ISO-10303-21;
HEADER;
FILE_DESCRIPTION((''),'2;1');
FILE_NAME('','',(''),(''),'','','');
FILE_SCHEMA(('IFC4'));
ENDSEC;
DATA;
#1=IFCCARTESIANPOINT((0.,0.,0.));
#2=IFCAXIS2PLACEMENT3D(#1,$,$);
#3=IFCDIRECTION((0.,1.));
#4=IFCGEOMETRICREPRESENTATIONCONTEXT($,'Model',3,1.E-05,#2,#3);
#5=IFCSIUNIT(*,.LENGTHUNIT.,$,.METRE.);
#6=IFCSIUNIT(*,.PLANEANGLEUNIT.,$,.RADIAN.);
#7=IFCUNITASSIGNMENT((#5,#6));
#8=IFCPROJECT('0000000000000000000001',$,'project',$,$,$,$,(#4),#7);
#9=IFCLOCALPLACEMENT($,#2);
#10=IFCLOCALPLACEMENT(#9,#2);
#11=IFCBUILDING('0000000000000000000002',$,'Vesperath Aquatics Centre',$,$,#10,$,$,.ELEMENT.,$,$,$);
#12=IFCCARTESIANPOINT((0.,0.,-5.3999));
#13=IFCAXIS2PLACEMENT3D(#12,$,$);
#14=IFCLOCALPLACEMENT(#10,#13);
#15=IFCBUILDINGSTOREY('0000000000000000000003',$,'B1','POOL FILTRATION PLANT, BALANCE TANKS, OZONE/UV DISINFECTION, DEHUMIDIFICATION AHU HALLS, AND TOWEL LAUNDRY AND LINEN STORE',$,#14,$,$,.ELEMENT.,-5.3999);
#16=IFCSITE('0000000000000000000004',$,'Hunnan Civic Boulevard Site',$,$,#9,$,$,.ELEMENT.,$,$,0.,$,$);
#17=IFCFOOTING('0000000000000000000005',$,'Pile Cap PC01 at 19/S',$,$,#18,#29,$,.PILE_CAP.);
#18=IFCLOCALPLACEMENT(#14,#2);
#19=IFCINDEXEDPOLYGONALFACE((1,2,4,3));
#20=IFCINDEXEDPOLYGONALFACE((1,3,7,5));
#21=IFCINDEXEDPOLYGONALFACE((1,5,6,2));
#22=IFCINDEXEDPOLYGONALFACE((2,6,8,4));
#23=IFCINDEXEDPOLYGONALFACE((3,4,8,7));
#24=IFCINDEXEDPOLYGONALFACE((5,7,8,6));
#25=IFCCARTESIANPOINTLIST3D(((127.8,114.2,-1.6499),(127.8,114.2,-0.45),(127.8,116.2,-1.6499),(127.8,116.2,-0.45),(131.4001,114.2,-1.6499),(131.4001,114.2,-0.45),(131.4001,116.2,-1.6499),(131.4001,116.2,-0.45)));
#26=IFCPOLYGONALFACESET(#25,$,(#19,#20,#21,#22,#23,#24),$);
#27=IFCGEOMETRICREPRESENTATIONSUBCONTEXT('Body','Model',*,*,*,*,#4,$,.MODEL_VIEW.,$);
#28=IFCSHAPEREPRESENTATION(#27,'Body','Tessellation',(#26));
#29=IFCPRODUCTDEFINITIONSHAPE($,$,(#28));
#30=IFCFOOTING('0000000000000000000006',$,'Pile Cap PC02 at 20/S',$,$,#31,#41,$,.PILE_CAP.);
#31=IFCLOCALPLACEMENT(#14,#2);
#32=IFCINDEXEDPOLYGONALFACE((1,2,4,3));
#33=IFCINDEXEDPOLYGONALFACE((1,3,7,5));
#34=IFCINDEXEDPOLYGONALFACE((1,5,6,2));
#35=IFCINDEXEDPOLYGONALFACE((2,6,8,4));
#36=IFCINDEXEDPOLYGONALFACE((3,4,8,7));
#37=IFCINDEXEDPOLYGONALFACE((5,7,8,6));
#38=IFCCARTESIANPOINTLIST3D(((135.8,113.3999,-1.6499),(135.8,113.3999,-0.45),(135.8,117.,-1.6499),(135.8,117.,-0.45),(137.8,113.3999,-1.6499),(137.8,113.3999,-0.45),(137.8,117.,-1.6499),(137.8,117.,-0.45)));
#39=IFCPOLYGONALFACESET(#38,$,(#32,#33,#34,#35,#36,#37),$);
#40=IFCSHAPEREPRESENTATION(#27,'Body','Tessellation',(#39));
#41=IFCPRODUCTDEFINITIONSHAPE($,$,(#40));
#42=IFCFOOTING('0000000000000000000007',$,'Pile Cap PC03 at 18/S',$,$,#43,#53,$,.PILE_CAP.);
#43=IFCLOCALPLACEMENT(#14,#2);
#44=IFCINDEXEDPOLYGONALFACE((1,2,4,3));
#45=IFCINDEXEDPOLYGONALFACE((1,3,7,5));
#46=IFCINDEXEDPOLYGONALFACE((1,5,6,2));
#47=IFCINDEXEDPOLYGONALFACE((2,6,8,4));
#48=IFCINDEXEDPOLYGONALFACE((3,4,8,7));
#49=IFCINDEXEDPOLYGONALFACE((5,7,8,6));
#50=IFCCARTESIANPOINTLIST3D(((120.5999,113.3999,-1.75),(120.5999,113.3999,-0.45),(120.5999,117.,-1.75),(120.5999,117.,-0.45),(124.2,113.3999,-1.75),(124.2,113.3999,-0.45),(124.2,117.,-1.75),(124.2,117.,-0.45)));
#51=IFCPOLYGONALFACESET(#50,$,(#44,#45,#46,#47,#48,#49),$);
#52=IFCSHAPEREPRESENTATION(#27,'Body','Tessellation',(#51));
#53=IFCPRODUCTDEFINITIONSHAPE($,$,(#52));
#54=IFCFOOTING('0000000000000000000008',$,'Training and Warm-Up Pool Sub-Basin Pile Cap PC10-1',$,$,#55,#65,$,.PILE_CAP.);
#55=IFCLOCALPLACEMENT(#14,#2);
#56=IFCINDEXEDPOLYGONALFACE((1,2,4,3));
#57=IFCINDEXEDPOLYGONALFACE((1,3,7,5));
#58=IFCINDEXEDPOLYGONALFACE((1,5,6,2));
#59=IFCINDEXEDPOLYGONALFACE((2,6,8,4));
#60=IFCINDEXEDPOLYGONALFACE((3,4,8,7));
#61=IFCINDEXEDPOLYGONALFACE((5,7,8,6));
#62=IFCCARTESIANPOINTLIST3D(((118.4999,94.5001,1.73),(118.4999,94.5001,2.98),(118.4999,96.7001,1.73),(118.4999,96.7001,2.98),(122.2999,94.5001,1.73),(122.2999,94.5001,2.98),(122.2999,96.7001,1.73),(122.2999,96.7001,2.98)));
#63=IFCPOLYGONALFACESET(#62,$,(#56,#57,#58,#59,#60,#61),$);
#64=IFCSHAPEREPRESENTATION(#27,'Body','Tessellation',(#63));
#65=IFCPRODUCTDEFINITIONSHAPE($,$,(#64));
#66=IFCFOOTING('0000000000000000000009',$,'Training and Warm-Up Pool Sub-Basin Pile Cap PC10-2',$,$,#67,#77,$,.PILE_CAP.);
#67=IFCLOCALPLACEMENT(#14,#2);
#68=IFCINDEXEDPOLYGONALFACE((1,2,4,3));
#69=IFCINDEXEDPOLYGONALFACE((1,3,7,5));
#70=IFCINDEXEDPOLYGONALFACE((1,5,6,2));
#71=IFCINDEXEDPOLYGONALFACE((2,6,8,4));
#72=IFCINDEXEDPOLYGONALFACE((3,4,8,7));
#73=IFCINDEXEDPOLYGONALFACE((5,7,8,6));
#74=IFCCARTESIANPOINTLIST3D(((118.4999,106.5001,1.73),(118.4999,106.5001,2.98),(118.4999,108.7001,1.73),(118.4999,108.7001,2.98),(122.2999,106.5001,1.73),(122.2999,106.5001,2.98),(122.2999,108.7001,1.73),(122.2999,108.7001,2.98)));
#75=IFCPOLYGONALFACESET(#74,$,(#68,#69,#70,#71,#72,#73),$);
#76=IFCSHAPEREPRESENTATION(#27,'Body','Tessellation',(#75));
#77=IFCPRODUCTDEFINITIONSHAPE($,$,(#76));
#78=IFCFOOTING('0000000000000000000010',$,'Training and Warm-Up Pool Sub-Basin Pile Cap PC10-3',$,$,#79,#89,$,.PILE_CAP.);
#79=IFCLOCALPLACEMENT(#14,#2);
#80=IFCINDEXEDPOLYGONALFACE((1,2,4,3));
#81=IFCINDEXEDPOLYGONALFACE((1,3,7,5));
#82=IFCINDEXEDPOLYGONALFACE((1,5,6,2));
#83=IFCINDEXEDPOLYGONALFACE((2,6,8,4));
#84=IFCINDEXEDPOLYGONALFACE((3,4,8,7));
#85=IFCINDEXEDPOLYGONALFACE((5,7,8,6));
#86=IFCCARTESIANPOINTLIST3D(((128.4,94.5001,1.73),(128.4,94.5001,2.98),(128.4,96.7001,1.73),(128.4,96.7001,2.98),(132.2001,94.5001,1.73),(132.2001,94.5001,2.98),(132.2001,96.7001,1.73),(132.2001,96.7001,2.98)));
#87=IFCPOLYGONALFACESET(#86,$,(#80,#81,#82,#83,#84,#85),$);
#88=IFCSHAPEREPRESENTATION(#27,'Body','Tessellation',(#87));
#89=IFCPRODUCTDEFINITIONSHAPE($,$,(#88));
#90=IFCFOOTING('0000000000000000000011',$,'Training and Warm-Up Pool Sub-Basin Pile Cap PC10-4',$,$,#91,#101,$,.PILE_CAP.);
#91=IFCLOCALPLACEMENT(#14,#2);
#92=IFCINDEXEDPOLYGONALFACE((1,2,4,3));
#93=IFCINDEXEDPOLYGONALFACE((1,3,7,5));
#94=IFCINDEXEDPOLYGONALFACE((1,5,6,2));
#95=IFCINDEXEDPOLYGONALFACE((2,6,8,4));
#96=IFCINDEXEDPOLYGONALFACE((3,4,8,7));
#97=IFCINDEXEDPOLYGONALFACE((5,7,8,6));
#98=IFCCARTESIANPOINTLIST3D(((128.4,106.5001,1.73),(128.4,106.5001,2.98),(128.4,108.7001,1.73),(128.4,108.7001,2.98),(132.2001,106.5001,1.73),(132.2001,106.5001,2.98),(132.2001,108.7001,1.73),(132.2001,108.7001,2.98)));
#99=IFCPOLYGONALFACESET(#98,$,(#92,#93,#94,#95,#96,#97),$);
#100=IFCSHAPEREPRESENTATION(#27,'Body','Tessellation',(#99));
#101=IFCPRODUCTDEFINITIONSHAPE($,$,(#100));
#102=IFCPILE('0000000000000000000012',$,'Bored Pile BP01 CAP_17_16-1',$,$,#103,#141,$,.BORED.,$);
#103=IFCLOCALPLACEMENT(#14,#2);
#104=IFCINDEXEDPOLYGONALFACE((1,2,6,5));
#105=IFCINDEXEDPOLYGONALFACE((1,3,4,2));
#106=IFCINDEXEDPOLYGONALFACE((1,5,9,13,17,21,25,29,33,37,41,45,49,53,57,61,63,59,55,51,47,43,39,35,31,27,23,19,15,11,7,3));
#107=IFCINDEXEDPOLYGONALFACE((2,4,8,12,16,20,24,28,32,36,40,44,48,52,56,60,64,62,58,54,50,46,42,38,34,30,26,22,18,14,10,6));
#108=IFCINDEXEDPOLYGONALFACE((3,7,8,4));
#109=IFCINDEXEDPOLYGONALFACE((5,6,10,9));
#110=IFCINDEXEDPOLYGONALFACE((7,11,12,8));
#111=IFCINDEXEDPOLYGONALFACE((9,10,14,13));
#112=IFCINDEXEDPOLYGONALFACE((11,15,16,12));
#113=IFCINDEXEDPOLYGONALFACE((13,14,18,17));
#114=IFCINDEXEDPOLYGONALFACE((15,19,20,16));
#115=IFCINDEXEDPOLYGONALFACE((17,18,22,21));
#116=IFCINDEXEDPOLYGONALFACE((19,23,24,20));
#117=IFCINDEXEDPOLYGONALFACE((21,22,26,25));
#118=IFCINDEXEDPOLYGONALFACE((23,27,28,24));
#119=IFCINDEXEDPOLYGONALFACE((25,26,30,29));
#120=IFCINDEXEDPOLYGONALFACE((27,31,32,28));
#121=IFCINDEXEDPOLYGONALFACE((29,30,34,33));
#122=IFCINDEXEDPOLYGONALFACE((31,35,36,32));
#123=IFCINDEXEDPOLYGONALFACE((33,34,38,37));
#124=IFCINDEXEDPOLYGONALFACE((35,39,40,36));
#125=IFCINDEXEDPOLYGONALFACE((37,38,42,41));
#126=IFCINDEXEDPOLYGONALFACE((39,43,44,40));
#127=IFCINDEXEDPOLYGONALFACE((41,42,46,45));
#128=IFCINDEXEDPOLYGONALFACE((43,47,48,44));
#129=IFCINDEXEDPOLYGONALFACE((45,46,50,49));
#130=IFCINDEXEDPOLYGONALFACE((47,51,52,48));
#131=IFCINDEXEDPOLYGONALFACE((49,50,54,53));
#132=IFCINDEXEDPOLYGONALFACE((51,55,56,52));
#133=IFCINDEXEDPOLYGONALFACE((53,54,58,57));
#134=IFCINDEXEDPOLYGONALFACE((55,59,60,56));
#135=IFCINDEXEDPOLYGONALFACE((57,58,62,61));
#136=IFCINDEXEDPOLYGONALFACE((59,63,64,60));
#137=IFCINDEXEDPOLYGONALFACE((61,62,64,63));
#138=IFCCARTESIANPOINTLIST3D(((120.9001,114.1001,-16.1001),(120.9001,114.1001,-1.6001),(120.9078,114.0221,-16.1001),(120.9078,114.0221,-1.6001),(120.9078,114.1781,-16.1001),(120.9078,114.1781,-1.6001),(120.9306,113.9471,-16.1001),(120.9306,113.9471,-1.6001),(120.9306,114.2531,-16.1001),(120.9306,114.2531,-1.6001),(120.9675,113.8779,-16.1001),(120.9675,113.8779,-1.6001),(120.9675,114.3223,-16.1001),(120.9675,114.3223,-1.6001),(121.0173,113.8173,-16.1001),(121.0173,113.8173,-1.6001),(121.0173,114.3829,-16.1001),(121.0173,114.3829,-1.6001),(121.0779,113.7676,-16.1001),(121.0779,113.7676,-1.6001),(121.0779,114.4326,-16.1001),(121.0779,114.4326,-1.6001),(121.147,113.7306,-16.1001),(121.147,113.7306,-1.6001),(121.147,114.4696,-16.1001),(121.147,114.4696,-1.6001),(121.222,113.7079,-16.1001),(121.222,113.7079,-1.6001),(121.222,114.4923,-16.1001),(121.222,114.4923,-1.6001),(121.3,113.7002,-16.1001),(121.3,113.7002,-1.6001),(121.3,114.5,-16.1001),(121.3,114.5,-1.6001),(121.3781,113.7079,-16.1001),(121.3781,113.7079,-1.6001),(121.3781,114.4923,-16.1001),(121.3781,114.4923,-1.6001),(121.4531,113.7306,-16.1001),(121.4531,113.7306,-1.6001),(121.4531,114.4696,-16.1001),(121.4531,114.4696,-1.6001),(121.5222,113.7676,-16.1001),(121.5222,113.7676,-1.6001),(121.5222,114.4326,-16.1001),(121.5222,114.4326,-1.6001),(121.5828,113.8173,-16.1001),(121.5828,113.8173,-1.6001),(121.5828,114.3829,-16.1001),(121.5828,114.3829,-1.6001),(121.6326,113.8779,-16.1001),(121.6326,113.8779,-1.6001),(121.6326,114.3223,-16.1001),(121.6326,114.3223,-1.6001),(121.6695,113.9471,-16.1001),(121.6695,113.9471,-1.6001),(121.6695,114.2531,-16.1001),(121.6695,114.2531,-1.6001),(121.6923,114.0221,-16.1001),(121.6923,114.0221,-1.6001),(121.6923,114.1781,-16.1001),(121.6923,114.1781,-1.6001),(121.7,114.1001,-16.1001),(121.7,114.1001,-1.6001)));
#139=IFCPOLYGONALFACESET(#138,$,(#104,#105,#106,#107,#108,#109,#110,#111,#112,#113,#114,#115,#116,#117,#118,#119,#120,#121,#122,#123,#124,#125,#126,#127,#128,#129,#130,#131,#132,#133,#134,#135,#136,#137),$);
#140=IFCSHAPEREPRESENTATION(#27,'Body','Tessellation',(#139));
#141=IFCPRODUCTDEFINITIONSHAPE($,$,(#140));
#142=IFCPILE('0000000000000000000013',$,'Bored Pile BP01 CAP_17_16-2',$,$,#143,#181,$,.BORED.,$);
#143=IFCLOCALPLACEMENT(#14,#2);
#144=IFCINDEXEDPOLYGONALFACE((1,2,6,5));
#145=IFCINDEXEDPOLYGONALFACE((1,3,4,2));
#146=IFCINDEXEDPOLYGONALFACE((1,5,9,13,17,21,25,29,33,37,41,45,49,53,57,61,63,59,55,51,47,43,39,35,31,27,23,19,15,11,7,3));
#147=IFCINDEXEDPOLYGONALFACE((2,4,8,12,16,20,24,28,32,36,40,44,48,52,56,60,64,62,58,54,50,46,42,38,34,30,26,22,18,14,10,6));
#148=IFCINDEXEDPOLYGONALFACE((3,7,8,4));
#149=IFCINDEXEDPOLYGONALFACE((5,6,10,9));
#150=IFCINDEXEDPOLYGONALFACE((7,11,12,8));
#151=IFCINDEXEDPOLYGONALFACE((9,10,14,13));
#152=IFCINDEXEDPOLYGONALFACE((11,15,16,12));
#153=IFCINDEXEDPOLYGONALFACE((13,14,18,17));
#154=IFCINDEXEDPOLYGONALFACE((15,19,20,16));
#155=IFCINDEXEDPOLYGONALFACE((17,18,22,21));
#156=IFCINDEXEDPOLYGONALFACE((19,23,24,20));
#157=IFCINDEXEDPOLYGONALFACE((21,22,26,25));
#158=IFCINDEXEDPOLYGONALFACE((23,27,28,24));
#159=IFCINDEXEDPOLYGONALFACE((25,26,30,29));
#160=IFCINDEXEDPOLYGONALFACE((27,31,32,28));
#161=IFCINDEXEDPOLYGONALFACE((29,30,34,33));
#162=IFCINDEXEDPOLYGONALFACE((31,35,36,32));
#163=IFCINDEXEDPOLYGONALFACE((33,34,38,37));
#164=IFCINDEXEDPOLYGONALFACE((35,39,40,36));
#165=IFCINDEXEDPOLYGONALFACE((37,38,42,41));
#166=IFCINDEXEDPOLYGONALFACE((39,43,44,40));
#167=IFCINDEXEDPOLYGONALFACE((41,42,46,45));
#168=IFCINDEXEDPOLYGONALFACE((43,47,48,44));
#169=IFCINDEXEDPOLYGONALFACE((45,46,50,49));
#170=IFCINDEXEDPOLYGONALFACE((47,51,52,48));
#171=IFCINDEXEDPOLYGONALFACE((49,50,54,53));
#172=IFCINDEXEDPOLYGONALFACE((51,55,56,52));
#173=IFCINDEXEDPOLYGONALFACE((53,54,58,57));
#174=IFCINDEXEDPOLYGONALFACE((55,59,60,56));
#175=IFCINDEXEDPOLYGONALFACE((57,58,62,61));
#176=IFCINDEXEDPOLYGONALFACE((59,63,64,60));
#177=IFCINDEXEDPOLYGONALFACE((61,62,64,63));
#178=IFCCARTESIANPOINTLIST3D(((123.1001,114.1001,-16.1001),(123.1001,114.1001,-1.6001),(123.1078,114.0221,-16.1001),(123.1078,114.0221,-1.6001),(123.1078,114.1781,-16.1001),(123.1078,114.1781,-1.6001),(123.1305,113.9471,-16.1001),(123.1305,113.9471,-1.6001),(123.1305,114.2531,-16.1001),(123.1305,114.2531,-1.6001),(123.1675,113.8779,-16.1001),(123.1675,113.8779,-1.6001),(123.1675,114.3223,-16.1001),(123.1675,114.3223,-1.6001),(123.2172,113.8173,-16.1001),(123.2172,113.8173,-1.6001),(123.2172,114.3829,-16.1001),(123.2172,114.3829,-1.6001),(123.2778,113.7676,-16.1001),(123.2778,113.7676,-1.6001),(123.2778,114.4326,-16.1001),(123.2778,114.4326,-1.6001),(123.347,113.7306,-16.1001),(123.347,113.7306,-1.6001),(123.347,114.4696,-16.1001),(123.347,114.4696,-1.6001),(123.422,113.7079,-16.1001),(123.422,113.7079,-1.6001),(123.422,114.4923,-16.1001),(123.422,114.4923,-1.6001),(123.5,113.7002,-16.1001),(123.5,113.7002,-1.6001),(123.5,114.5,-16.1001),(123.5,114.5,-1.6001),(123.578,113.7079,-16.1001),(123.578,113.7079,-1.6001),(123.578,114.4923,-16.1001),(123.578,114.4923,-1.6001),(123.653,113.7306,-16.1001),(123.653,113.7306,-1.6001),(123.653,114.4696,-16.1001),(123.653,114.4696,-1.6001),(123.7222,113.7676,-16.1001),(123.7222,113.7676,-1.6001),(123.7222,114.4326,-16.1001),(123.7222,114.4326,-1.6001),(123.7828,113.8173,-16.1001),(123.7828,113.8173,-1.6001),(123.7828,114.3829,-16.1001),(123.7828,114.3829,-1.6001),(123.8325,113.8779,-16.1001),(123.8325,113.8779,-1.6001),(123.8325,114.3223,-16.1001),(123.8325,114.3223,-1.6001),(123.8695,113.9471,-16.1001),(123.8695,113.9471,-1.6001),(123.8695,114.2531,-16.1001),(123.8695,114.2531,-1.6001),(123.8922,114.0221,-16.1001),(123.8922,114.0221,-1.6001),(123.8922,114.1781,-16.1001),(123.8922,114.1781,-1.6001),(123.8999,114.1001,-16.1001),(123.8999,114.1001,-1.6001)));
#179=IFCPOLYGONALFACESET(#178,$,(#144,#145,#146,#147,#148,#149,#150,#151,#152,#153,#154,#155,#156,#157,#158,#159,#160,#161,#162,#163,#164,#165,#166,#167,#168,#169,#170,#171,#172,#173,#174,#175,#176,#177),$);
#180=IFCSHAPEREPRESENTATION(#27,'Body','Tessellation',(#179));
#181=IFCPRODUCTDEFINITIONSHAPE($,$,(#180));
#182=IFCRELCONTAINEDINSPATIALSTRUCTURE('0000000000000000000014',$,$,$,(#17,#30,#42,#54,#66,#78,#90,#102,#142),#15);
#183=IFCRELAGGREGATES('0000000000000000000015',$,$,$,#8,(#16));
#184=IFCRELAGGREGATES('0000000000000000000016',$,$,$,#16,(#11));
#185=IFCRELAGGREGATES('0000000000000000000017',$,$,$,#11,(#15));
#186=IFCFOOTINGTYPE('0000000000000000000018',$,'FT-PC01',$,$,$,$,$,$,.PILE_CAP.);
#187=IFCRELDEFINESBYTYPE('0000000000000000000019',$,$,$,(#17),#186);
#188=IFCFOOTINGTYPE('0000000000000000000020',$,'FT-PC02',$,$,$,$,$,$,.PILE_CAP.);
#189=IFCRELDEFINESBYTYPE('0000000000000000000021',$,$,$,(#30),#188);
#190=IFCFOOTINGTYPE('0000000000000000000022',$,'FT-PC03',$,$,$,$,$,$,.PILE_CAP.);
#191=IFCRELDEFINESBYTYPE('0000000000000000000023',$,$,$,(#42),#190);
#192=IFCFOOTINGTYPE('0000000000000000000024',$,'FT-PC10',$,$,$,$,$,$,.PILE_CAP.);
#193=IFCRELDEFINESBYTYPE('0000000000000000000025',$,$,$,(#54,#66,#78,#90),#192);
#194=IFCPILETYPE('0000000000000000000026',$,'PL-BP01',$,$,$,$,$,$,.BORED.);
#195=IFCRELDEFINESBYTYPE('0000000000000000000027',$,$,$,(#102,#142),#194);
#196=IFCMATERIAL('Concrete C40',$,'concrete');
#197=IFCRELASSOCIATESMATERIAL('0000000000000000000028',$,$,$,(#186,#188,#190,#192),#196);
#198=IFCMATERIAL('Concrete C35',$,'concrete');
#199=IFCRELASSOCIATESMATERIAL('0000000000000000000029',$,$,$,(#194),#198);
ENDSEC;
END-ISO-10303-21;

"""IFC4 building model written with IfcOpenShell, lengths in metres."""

from ifc_helpers import new_model, si_unit, direction, frame, origin, origin_2d, place, context, subcontext, project, spatial, rectangle, circle, extrude, material, material_profile, profile_set, type_object, element, save


model = new_model("IFC4")

# Units and contexts
model_context = context("Model", 3, precision=1e-05, world=origin(), true_north=direction((0.0, 1.0)))
body_context = subcontext(model_context, "Body", "Model", "MODEL_VIEW")
ifc_project = project(units=[si_unit("LENGTHUNIT", "METRE"), si_unit("PLANEANGLEUNIT", "RADIAN")], contexts=[model_context])

# Site, building, storey
site_placement = place(None, origin())
site = spatial("IfcSite", under=ifc_project, at=site_placement, Name="Hunnan Civic Boulevard Site", CompositionType="ELEMENT", RefElevation=0.0)
building_placement = place(site_placement, origin())
building = spatial("IfcBuilding", under=site, at=building_placement, Name="Vesperath Aquatics Centre", CompositionType="ELEMENT")
storey_placement = place(building_placement, frame((0.0, 0.0, -5.3999)))
storey = spatial("IfcBuildingStorey", under=building, at=storey_placement, Name="B1", Description="POOL FILTRATION PLANT, BALANCE TANKS, OZONE/UV DISINFECTION, DEHUMIDIFICATION AHU HALLS, AND TOWEL LAUNDRY AND LINEN STORE", CompositionType="ELEMENT", Elevation=-5.3999)

# Footings
ifc_material_1 = material(Name="Concrete C40", Category="concrete")
footing_type_1 = type_object("IfcFootingType", Name="FT-PC01", PredefinedType="PILE_CAP", material=ifc_material_1)
footing_1_placement = place(storey_placement, frame((129.6001, 115.2, -1.6499), z_axis=(0.0, 0.0, 1.0), x_axis=(1.0, 0.0, 0.0)))
element("IfcFooting", 1, at=footing_1_placement, inside=storey, type_object=footing_type_1, Name="Pile Cap PC01 at 19/S", PredefinedType="PILE_CAP", context=body_context, shape_type="SweptSolid", body=[
    extrude(rectangle(XDim=3.6001, YDim=2.0, at=origin_2d()), origin(), (0.0, 0.0, 1.0), 1.2),
])
footing_type_2 = type_object("IfcFootingType", Name="FT-PC02", PredefinedType="PILE_CAP", material=ifc_material_1)
footing_2_placement = place(storey_placement, frame((136.8, 115.2, -1.6499), z_axis=(0.0, 0.0, 1.0), x_axis=(1.0, 0.0, 0.0)))
element("IfcFooting", 2, at=footing_2_placement, inside=storey, type_object=footing_type_2, Name="Pile Cap PC02 at 20/S", PredefinedType="PILE_CAP", context=body_context, shape_type="SweptSolid", body=[
    extrude(rectangle(XDim=2.0, YDim=3.6001, at=origin_2d()), origin(), (0.0, 0.0, 1.0), 1.2),
])
footing_type_3 = type_object("IfcFootingType", Name="FT-PC03", PredefinedType="PILE_CAP", material=ifc_material_1)
footing_3_placement = place(storey_placement, frame((122.3999, 115.2, -1.75), z_axis=(0.0, 0.0, 1.0), x_axis=(1.0, 0.0, 0.0)))
element("IfcFooting", 3, at=footing_3_placement, inside=storey, type_object=footing_type_3, Name="Pile Cap PC03 at 18/S", PredefinedType="PILE_CAP", context=body_context, shape_type="SweptSolid", body=[
    extrude(rectangle(XDim=3.6001, YDim=3.6001, at=origin_2d()), origin(), (0.0, 0.0, 1.0), 1.3),
])
footing_type_4 = type_object("IfcFootingType", Name="FT-PC10", PredefinedType="PILE_CAP", material=ifc_material_1)
for number, where, z_axis, x_axis, name in (
    (4, (120.3999, 95.6001, 1.73), (0.0, 0.0, 1.0), (1.0, 0.0, 0.0), "Training and Warm-Up Pool Sub-Basin Pile Cap PC10-1"),
    (5, (120.3999, 107.6001, 1.73), (0.0, 0.0, 1.0), (1.0, 0.0, 0.0), "Training and Warm-Up Pool Sub-Basin Pile Cap PC10-2"),
    (6, (130.3, 95.6001, 1.73), (0.0, 0.0, 1.0), (1.0, 0.0, 0.0), "Training and Warm-Up Pool Sub-Basin Pile Cap PC10-3"),
    (7, (130.3, 107.6001, 1.73), (0.0, 0.0, 1.0), (1.0, 0.0, 0.0), "Training and Warm-Up Pool Sub-Basin Pile Cap PC10-4"),
):
    element("IfcFooting", number, at=place(storey_placement, frame(where, z_axis=z_axis, x_axis=x_axis)), inside=storey, type_object=footing_type_4, Name=name, PredefinedType="PILE_CAP", context=body_context, shape_type="SweptSolid", body=[
        extrude(rectangle(XDim=3.8, YDim=2.2, at=origin_2d()), origin(), (0.0, 0.0, 1.0), 1.25),
    ])

# Piles
ifc_material_2 = material(Name="Concrete C35", Category="concrete")
ifc_material_profile_1 = material_profile(ifc_material_2, circle(Radius=0.3999, at=origin_2d()), Name="PILE D800")
ifc_profile_set_1 = profile_set([ifc_material_profile_1], Name="Concrete C35")
pile_type = type_object("IfcPileType", Name="PL-BP01", PredefinedType="BORED", material=ifc_profile_set_1)
for number, where, z_axis, x_axis, name in (
    (8, (121.3, 114.1001, -1.6001), (0.0, 0.0, -1.0), (1.0, 0.0, 0.0), "Bored Pile BP01 CAP_17_16-1"),
    (9, (123.5, 114.1001, -1.6001), (0.0, 0.0, -1.0), (1.0, 0.0, 0.0), "Bored Pile BP01 CAP_17_16-2"),
):
    element("IfcPile", number, at=place(storey_placement, frame(where, z_axis=z_axis, x_axis=x_axis)), inside=storey, type_object=pile_type, Name=name, PredefinedType="BORED", context=body_context, shape_type="SweptSolid", body=[
        extrude(circle(Radius=0.3999, at=origin_2d()), origin(), (0.0, 0.0, 1.0), 14.5),
    ])

save(model, "model.ifc")
